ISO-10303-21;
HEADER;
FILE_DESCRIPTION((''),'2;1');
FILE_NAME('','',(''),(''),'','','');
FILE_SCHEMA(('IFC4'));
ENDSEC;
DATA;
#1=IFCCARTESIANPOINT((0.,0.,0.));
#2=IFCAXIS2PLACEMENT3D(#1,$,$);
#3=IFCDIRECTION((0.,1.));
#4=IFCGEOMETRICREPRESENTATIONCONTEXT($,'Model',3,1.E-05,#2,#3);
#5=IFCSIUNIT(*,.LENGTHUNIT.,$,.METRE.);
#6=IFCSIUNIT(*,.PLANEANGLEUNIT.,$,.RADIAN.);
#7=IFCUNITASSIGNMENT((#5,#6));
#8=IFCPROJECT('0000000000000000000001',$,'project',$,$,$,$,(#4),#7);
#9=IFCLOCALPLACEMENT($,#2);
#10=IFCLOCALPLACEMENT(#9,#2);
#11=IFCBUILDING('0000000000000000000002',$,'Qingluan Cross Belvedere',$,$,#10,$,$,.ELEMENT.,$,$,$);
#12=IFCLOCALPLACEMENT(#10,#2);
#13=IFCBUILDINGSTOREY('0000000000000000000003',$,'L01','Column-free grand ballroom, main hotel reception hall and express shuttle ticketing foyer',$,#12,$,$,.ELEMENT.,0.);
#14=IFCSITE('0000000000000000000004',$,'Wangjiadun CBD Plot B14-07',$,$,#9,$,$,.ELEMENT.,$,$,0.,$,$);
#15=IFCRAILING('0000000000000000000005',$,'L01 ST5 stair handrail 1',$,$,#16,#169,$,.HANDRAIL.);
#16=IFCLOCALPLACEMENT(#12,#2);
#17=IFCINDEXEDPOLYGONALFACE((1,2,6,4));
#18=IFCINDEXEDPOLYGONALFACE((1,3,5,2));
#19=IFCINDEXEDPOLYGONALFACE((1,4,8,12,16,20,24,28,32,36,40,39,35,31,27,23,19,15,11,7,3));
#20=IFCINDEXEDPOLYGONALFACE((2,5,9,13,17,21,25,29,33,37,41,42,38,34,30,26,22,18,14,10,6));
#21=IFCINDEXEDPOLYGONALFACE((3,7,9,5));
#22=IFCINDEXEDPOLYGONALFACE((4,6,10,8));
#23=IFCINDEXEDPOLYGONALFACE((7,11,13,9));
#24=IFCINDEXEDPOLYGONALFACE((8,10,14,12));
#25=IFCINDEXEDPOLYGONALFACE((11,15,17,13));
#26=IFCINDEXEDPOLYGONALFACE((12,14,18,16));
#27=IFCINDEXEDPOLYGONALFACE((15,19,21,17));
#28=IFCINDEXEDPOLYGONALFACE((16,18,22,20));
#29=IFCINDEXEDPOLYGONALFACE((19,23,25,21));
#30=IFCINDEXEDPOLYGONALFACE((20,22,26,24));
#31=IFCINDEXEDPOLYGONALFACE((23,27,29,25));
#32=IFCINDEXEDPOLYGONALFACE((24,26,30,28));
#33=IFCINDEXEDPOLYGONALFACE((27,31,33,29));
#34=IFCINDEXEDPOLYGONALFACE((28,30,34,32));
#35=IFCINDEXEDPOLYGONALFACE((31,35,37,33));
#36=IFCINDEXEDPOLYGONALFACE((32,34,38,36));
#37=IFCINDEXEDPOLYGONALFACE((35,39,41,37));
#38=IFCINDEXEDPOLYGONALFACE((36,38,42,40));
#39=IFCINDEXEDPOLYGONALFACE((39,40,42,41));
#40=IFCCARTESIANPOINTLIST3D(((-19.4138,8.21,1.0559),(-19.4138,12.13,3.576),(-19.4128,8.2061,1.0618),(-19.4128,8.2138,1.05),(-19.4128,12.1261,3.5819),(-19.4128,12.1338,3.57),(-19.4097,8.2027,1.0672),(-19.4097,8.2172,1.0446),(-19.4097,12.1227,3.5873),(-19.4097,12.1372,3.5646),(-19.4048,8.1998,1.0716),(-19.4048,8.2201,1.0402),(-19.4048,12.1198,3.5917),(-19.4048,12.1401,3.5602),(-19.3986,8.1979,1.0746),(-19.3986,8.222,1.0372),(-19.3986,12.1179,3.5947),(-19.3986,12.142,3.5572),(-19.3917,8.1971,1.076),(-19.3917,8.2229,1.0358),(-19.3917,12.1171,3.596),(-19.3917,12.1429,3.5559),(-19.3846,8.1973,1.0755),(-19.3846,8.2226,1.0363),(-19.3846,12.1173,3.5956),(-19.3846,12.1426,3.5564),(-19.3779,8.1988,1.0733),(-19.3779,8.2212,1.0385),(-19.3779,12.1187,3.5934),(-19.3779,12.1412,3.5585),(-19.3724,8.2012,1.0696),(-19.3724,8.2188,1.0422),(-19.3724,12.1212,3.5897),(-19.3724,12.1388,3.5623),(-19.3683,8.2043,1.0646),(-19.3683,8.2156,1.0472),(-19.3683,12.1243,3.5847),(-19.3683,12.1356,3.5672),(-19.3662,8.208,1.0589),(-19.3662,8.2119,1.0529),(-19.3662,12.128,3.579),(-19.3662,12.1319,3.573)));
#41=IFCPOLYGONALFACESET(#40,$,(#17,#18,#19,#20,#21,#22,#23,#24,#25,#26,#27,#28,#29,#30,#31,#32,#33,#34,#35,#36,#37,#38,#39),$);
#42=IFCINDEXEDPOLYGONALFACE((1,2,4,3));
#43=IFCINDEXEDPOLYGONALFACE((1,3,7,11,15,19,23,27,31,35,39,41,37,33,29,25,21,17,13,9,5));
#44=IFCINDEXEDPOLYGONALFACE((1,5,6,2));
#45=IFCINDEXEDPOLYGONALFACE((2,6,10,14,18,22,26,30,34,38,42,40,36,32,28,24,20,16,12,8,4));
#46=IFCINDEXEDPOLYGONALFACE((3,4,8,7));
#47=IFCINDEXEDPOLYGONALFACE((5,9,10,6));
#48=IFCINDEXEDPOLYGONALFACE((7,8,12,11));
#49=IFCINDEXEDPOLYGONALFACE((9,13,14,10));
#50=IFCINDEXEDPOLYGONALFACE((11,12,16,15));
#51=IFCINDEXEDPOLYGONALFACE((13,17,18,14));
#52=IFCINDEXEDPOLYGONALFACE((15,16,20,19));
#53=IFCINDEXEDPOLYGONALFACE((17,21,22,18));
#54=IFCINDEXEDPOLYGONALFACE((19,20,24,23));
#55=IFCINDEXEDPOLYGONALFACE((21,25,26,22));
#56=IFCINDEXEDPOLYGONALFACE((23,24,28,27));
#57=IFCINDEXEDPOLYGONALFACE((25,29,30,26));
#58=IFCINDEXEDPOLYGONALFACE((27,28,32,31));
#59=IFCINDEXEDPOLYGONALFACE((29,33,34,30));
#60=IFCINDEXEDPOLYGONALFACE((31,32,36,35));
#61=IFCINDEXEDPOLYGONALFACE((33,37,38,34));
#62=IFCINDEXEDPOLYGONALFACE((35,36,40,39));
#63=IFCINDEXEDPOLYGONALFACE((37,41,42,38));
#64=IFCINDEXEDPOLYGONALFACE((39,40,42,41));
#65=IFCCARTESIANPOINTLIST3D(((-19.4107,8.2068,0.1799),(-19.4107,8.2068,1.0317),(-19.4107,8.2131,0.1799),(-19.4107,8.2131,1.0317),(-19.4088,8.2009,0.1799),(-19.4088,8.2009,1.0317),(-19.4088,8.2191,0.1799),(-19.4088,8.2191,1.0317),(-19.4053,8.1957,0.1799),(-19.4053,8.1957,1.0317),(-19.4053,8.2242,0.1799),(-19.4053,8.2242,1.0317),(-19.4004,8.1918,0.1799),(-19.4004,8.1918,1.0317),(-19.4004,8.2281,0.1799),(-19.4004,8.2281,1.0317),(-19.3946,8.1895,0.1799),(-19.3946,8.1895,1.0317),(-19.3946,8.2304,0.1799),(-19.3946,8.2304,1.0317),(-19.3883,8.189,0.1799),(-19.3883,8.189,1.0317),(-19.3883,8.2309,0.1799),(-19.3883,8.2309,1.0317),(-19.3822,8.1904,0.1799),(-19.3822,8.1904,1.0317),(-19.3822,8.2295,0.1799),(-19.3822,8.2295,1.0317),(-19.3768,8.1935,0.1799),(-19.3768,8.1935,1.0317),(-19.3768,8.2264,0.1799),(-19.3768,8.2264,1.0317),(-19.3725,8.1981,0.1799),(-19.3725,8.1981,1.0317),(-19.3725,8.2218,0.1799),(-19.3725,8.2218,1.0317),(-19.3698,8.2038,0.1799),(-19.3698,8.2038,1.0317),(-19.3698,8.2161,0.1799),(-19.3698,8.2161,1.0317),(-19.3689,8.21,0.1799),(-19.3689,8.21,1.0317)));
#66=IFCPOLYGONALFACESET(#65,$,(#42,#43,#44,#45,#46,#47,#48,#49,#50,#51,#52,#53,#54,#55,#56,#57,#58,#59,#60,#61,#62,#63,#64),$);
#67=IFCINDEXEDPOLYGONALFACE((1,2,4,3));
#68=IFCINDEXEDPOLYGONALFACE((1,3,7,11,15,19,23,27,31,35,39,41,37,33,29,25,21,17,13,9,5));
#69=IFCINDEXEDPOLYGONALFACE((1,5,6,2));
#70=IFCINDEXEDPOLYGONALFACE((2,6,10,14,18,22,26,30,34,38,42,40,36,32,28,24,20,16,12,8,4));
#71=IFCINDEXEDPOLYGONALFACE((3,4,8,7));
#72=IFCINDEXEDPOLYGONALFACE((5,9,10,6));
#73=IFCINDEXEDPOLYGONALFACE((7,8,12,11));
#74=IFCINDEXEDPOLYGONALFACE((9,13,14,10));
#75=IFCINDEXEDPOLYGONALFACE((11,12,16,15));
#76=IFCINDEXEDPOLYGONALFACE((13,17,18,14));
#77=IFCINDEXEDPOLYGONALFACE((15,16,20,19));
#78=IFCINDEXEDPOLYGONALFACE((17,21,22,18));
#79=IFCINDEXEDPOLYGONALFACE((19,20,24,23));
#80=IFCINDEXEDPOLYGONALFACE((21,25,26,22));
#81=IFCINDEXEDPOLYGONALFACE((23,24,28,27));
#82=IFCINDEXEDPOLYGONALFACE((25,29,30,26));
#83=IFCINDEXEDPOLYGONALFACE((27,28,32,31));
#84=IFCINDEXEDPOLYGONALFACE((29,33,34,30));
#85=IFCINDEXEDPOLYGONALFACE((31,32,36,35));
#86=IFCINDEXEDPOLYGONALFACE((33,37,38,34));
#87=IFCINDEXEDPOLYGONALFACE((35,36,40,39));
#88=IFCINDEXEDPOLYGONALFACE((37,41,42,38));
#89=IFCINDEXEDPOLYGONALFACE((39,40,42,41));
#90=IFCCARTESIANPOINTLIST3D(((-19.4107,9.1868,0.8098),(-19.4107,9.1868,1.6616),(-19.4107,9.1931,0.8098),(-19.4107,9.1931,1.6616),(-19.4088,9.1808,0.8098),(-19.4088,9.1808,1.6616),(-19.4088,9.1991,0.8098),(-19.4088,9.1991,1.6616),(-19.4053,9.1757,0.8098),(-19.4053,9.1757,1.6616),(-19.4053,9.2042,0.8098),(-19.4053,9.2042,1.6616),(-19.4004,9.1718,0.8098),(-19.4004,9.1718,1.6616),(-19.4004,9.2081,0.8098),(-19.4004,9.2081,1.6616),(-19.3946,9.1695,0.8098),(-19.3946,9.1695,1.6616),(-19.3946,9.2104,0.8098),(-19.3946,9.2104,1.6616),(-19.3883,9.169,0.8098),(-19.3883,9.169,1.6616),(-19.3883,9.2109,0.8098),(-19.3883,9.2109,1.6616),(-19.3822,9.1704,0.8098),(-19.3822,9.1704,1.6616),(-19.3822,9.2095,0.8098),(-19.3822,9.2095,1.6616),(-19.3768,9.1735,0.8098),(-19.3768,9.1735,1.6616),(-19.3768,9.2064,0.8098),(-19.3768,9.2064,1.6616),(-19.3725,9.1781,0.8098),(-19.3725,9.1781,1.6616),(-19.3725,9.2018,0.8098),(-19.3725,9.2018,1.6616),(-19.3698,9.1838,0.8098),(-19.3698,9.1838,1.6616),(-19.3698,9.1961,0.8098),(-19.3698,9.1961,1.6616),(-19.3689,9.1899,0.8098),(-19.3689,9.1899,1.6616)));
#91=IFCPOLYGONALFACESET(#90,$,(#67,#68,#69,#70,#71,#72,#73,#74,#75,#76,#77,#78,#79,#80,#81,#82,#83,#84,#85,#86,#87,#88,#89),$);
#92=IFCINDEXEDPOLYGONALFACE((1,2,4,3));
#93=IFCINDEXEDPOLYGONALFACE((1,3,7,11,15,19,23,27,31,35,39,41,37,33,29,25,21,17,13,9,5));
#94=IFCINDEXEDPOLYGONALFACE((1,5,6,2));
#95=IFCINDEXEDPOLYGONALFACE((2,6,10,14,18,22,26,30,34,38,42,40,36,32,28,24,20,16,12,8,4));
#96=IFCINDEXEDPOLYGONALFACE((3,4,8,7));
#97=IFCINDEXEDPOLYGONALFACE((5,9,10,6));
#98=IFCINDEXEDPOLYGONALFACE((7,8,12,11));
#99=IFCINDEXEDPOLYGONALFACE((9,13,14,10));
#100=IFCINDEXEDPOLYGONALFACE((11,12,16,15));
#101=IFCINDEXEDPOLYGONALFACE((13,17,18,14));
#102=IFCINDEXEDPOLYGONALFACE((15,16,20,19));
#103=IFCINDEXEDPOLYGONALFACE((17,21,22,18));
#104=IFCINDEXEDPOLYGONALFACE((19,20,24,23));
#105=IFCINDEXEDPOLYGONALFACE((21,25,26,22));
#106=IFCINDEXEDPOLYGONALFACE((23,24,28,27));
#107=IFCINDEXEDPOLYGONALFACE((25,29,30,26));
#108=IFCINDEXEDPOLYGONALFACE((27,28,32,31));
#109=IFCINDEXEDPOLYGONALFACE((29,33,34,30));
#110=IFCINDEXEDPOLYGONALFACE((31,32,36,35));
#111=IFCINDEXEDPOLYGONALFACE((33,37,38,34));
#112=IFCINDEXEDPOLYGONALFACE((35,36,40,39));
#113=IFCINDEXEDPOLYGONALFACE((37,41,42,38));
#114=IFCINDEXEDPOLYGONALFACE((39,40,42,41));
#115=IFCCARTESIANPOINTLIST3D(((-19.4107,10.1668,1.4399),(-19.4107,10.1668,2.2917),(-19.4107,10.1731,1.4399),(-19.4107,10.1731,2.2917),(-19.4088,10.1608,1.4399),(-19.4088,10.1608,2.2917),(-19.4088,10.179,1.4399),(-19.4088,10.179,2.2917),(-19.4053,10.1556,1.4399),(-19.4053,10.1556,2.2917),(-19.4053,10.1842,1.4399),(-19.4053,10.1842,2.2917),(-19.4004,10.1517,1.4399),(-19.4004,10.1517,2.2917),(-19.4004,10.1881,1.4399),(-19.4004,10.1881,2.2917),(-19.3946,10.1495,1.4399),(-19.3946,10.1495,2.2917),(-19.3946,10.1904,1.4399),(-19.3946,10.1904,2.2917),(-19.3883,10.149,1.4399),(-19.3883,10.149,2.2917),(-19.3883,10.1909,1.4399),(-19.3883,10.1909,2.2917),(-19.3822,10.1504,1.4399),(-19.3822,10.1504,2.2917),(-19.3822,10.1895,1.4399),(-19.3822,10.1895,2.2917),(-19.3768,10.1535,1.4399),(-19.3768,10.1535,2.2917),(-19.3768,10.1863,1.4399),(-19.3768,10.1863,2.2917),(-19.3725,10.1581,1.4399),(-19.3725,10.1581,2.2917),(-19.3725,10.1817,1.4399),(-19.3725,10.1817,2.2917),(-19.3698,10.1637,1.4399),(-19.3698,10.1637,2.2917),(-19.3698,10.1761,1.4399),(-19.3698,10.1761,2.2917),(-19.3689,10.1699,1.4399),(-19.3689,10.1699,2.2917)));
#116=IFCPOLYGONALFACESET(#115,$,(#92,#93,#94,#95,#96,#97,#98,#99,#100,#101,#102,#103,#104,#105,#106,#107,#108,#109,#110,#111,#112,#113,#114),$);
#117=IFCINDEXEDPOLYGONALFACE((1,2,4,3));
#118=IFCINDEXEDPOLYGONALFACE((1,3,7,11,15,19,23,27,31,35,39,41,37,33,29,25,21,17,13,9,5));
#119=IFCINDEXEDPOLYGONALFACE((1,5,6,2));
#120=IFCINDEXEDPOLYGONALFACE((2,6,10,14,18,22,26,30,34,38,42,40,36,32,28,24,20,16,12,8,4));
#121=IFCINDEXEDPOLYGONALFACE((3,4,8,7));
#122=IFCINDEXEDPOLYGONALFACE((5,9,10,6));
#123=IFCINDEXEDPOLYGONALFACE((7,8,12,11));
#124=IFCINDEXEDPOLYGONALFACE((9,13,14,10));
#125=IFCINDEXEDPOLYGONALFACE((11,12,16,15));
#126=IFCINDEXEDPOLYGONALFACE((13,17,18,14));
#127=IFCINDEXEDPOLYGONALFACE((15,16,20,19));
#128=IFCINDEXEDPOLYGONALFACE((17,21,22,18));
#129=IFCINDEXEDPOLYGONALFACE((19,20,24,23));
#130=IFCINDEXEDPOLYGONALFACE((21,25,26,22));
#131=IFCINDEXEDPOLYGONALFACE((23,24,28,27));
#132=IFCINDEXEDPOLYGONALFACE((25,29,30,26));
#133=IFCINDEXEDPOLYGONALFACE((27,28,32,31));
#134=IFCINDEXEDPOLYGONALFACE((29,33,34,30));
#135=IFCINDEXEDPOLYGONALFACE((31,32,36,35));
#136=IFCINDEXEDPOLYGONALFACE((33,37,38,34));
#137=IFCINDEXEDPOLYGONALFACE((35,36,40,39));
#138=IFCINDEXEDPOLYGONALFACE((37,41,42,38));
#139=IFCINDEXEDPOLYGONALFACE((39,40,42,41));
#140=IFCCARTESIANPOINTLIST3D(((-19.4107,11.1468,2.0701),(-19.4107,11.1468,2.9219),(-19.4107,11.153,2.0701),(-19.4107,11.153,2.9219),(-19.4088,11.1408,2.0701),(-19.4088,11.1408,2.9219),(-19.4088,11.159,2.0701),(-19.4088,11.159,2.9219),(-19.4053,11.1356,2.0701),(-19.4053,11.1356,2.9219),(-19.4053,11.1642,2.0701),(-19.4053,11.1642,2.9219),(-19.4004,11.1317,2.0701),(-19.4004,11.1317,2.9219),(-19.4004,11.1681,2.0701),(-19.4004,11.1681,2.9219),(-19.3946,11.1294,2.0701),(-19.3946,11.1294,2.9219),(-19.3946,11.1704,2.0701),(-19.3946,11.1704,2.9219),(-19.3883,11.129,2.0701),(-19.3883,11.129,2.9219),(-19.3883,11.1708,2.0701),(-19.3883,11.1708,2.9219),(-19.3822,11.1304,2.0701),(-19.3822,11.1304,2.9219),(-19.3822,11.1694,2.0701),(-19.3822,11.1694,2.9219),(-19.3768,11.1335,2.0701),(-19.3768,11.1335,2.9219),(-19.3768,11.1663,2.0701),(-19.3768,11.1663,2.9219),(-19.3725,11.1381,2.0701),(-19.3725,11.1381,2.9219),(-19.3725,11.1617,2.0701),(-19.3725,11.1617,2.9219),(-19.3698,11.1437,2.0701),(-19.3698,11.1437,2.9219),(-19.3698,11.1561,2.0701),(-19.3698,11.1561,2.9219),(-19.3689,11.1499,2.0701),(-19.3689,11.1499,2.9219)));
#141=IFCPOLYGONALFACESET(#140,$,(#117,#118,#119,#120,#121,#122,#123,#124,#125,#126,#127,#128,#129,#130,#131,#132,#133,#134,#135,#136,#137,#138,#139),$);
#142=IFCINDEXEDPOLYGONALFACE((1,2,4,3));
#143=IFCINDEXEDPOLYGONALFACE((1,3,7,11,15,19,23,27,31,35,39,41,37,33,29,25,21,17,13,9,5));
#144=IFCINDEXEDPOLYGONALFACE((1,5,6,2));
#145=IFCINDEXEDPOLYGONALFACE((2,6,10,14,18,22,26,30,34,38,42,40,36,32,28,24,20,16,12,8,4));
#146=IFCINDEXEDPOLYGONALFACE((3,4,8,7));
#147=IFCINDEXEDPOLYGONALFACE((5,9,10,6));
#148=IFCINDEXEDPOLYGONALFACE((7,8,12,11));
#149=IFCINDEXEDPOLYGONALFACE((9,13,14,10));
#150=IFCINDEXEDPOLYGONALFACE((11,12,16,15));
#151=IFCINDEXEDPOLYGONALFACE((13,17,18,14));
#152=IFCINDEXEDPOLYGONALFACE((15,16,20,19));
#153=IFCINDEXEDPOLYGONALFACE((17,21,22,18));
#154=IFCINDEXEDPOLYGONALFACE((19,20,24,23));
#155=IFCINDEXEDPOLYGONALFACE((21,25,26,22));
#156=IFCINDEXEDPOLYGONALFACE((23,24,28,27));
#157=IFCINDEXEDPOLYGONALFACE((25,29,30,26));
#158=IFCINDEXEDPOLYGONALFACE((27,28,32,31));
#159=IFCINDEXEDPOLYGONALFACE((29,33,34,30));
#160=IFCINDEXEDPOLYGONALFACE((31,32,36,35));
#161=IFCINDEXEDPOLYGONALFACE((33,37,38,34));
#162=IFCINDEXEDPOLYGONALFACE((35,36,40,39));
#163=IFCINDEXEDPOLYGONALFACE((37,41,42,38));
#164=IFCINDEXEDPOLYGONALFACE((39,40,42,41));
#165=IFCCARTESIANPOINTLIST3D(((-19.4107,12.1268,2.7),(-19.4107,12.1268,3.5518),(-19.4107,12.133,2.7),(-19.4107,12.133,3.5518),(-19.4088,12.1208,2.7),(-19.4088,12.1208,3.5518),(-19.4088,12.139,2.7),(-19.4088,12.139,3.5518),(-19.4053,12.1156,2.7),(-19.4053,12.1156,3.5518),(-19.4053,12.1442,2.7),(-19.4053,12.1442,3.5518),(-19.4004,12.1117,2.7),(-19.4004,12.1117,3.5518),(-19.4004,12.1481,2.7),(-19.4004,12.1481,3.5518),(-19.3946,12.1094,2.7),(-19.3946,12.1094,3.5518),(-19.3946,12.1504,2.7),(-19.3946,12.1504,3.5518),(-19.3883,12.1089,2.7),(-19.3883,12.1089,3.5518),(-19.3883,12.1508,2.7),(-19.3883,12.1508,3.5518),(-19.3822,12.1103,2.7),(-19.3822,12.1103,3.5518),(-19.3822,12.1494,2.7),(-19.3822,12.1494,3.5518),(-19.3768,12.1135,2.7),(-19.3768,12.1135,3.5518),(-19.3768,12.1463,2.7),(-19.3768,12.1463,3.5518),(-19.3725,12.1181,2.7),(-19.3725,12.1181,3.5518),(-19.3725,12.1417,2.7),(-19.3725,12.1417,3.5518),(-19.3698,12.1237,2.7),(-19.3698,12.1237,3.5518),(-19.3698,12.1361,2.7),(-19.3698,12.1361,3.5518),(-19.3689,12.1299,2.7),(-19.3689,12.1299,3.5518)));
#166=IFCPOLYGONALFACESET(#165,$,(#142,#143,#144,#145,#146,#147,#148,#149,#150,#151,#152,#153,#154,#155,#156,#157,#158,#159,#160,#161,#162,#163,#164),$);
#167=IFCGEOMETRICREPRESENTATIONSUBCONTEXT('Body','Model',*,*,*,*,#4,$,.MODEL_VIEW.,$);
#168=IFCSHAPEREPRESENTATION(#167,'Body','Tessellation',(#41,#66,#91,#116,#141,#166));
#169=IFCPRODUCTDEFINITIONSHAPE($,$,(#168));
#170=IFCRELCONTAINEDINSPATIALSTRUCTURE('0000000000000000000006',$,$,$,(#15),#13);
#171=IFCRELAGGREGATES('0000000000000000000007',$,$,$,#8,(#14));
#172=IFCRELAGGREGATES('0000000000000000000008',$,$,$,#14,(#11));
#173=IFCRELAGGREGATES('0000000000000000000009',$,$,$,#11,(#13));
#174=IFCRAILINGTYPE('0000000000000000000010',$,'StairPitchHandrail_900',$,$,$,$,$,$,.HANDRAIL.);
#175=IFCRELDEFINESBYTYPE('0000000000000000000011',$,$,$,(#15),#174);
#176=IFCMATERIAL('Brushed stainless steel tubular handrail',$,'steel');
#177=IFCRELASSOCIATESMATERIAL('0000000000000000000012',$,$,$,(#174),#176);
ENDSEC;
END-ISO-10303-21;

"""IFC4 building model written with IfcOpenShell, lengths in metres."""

from ifc_helpers import new_model, si_unit, direction, frame, origin, origin_2d, place, context, subcontext, project, spatial, circle, extrude, material, type_object, element, save


model = new_model("IFC4")

# Units and contexts
model_context = context("Model", 3, precision=1e-05, world=origin(), true_north=direction((0.0, 1.0)))
body_context = subcontext(model_context, "Body", "Model", "MODEL_VIEW")
ifc_project = project(units=[si_unit("LENGTHUNIT", "METRE"), si_unit("PLANEANGLEUNIT", "RADIAN")], contexts=[model_context])

# Site, building, storey
site_placement = place(None, origin())
site = spatial("IfcSite", under=ifc_project, at=site_placement, Name="Wangjiadun CBD Plot B14-07", CompositionType="ELEMENT", RefElevation=0.0)
building_placement = place(site_placement, origin())
building = spatial("IfcBuilding", under=site, at=building_placement, Name="Qingluan Cross Belvedere", CompositionType="ELEMENT")
storey_placement = place(building_placement, origin())
storey = spatial("IfcBuildingStorey", under=building, at=storey_placement, Name="L01", Description="Column-free grand ballroom, main hotel reception hall and express shuttle ticketing foyer", CompositionType="ELEMENT", Elevation=0.0)

# Railing
ifc_material_1 = material(Name="Brushed stainless steel tubular handrail", Category="steel")
railing_type_1 = type_object("IfcRailingType", Name="StairPitchHandrail_900", PredefinedType="HANDRAIL", material=ifc_material_1)
railing_1_placement = place(storey_placement, frame((-19.3899, 8.21, 0.1799)))
element("IfcRailing", 1, at=railing_1_placement, inside=storey, type_object=railing_type_1, Name="L01 ST5 stair handrail 1", PredefinedType="HANDRAIL", context=body_context, shape_type="SweptSolid", body=[
    extrude(circle(Radius=0.0239, at=origin_2d()), frame((0.0, 0.0, 0.876), z_axis=(0.0, 0.841172, 0.540768), x_axis=(-1.0, 0.0, 0.0)), (0.0, 0.0, 1.0), 4.6602),
    extrude(circle(Radius=0.021, at=origin_2d()), origin(), (0.0, 0.0, 1.0), 0.8518),
    extrude(circle(Radius=0.021, at=origin_2d()), frame((0.0, 0.98, 0.6299)), (0.0, 0.0, 1.0), 0.8518),
    extrude(circle(Radius=0.021, at=origin_2d()), frame((0.0, 1.96, 1.26)), (0.0, 0.0, 1.0), 0.8518),
    extrude(circle(Radius=0.021, at=origin_2d()), frame((0.0, 2.9399, 1.8901)), (0.0, 0.0, 1.0), 0.8518),
    extrude(circle(Radius=0.021, at=origin_2d()), frame((0.0, 3.9199, 2.52)), (0.0, 0.0, 1.0), 0.8518),
])

save(model, "model.ifc")
